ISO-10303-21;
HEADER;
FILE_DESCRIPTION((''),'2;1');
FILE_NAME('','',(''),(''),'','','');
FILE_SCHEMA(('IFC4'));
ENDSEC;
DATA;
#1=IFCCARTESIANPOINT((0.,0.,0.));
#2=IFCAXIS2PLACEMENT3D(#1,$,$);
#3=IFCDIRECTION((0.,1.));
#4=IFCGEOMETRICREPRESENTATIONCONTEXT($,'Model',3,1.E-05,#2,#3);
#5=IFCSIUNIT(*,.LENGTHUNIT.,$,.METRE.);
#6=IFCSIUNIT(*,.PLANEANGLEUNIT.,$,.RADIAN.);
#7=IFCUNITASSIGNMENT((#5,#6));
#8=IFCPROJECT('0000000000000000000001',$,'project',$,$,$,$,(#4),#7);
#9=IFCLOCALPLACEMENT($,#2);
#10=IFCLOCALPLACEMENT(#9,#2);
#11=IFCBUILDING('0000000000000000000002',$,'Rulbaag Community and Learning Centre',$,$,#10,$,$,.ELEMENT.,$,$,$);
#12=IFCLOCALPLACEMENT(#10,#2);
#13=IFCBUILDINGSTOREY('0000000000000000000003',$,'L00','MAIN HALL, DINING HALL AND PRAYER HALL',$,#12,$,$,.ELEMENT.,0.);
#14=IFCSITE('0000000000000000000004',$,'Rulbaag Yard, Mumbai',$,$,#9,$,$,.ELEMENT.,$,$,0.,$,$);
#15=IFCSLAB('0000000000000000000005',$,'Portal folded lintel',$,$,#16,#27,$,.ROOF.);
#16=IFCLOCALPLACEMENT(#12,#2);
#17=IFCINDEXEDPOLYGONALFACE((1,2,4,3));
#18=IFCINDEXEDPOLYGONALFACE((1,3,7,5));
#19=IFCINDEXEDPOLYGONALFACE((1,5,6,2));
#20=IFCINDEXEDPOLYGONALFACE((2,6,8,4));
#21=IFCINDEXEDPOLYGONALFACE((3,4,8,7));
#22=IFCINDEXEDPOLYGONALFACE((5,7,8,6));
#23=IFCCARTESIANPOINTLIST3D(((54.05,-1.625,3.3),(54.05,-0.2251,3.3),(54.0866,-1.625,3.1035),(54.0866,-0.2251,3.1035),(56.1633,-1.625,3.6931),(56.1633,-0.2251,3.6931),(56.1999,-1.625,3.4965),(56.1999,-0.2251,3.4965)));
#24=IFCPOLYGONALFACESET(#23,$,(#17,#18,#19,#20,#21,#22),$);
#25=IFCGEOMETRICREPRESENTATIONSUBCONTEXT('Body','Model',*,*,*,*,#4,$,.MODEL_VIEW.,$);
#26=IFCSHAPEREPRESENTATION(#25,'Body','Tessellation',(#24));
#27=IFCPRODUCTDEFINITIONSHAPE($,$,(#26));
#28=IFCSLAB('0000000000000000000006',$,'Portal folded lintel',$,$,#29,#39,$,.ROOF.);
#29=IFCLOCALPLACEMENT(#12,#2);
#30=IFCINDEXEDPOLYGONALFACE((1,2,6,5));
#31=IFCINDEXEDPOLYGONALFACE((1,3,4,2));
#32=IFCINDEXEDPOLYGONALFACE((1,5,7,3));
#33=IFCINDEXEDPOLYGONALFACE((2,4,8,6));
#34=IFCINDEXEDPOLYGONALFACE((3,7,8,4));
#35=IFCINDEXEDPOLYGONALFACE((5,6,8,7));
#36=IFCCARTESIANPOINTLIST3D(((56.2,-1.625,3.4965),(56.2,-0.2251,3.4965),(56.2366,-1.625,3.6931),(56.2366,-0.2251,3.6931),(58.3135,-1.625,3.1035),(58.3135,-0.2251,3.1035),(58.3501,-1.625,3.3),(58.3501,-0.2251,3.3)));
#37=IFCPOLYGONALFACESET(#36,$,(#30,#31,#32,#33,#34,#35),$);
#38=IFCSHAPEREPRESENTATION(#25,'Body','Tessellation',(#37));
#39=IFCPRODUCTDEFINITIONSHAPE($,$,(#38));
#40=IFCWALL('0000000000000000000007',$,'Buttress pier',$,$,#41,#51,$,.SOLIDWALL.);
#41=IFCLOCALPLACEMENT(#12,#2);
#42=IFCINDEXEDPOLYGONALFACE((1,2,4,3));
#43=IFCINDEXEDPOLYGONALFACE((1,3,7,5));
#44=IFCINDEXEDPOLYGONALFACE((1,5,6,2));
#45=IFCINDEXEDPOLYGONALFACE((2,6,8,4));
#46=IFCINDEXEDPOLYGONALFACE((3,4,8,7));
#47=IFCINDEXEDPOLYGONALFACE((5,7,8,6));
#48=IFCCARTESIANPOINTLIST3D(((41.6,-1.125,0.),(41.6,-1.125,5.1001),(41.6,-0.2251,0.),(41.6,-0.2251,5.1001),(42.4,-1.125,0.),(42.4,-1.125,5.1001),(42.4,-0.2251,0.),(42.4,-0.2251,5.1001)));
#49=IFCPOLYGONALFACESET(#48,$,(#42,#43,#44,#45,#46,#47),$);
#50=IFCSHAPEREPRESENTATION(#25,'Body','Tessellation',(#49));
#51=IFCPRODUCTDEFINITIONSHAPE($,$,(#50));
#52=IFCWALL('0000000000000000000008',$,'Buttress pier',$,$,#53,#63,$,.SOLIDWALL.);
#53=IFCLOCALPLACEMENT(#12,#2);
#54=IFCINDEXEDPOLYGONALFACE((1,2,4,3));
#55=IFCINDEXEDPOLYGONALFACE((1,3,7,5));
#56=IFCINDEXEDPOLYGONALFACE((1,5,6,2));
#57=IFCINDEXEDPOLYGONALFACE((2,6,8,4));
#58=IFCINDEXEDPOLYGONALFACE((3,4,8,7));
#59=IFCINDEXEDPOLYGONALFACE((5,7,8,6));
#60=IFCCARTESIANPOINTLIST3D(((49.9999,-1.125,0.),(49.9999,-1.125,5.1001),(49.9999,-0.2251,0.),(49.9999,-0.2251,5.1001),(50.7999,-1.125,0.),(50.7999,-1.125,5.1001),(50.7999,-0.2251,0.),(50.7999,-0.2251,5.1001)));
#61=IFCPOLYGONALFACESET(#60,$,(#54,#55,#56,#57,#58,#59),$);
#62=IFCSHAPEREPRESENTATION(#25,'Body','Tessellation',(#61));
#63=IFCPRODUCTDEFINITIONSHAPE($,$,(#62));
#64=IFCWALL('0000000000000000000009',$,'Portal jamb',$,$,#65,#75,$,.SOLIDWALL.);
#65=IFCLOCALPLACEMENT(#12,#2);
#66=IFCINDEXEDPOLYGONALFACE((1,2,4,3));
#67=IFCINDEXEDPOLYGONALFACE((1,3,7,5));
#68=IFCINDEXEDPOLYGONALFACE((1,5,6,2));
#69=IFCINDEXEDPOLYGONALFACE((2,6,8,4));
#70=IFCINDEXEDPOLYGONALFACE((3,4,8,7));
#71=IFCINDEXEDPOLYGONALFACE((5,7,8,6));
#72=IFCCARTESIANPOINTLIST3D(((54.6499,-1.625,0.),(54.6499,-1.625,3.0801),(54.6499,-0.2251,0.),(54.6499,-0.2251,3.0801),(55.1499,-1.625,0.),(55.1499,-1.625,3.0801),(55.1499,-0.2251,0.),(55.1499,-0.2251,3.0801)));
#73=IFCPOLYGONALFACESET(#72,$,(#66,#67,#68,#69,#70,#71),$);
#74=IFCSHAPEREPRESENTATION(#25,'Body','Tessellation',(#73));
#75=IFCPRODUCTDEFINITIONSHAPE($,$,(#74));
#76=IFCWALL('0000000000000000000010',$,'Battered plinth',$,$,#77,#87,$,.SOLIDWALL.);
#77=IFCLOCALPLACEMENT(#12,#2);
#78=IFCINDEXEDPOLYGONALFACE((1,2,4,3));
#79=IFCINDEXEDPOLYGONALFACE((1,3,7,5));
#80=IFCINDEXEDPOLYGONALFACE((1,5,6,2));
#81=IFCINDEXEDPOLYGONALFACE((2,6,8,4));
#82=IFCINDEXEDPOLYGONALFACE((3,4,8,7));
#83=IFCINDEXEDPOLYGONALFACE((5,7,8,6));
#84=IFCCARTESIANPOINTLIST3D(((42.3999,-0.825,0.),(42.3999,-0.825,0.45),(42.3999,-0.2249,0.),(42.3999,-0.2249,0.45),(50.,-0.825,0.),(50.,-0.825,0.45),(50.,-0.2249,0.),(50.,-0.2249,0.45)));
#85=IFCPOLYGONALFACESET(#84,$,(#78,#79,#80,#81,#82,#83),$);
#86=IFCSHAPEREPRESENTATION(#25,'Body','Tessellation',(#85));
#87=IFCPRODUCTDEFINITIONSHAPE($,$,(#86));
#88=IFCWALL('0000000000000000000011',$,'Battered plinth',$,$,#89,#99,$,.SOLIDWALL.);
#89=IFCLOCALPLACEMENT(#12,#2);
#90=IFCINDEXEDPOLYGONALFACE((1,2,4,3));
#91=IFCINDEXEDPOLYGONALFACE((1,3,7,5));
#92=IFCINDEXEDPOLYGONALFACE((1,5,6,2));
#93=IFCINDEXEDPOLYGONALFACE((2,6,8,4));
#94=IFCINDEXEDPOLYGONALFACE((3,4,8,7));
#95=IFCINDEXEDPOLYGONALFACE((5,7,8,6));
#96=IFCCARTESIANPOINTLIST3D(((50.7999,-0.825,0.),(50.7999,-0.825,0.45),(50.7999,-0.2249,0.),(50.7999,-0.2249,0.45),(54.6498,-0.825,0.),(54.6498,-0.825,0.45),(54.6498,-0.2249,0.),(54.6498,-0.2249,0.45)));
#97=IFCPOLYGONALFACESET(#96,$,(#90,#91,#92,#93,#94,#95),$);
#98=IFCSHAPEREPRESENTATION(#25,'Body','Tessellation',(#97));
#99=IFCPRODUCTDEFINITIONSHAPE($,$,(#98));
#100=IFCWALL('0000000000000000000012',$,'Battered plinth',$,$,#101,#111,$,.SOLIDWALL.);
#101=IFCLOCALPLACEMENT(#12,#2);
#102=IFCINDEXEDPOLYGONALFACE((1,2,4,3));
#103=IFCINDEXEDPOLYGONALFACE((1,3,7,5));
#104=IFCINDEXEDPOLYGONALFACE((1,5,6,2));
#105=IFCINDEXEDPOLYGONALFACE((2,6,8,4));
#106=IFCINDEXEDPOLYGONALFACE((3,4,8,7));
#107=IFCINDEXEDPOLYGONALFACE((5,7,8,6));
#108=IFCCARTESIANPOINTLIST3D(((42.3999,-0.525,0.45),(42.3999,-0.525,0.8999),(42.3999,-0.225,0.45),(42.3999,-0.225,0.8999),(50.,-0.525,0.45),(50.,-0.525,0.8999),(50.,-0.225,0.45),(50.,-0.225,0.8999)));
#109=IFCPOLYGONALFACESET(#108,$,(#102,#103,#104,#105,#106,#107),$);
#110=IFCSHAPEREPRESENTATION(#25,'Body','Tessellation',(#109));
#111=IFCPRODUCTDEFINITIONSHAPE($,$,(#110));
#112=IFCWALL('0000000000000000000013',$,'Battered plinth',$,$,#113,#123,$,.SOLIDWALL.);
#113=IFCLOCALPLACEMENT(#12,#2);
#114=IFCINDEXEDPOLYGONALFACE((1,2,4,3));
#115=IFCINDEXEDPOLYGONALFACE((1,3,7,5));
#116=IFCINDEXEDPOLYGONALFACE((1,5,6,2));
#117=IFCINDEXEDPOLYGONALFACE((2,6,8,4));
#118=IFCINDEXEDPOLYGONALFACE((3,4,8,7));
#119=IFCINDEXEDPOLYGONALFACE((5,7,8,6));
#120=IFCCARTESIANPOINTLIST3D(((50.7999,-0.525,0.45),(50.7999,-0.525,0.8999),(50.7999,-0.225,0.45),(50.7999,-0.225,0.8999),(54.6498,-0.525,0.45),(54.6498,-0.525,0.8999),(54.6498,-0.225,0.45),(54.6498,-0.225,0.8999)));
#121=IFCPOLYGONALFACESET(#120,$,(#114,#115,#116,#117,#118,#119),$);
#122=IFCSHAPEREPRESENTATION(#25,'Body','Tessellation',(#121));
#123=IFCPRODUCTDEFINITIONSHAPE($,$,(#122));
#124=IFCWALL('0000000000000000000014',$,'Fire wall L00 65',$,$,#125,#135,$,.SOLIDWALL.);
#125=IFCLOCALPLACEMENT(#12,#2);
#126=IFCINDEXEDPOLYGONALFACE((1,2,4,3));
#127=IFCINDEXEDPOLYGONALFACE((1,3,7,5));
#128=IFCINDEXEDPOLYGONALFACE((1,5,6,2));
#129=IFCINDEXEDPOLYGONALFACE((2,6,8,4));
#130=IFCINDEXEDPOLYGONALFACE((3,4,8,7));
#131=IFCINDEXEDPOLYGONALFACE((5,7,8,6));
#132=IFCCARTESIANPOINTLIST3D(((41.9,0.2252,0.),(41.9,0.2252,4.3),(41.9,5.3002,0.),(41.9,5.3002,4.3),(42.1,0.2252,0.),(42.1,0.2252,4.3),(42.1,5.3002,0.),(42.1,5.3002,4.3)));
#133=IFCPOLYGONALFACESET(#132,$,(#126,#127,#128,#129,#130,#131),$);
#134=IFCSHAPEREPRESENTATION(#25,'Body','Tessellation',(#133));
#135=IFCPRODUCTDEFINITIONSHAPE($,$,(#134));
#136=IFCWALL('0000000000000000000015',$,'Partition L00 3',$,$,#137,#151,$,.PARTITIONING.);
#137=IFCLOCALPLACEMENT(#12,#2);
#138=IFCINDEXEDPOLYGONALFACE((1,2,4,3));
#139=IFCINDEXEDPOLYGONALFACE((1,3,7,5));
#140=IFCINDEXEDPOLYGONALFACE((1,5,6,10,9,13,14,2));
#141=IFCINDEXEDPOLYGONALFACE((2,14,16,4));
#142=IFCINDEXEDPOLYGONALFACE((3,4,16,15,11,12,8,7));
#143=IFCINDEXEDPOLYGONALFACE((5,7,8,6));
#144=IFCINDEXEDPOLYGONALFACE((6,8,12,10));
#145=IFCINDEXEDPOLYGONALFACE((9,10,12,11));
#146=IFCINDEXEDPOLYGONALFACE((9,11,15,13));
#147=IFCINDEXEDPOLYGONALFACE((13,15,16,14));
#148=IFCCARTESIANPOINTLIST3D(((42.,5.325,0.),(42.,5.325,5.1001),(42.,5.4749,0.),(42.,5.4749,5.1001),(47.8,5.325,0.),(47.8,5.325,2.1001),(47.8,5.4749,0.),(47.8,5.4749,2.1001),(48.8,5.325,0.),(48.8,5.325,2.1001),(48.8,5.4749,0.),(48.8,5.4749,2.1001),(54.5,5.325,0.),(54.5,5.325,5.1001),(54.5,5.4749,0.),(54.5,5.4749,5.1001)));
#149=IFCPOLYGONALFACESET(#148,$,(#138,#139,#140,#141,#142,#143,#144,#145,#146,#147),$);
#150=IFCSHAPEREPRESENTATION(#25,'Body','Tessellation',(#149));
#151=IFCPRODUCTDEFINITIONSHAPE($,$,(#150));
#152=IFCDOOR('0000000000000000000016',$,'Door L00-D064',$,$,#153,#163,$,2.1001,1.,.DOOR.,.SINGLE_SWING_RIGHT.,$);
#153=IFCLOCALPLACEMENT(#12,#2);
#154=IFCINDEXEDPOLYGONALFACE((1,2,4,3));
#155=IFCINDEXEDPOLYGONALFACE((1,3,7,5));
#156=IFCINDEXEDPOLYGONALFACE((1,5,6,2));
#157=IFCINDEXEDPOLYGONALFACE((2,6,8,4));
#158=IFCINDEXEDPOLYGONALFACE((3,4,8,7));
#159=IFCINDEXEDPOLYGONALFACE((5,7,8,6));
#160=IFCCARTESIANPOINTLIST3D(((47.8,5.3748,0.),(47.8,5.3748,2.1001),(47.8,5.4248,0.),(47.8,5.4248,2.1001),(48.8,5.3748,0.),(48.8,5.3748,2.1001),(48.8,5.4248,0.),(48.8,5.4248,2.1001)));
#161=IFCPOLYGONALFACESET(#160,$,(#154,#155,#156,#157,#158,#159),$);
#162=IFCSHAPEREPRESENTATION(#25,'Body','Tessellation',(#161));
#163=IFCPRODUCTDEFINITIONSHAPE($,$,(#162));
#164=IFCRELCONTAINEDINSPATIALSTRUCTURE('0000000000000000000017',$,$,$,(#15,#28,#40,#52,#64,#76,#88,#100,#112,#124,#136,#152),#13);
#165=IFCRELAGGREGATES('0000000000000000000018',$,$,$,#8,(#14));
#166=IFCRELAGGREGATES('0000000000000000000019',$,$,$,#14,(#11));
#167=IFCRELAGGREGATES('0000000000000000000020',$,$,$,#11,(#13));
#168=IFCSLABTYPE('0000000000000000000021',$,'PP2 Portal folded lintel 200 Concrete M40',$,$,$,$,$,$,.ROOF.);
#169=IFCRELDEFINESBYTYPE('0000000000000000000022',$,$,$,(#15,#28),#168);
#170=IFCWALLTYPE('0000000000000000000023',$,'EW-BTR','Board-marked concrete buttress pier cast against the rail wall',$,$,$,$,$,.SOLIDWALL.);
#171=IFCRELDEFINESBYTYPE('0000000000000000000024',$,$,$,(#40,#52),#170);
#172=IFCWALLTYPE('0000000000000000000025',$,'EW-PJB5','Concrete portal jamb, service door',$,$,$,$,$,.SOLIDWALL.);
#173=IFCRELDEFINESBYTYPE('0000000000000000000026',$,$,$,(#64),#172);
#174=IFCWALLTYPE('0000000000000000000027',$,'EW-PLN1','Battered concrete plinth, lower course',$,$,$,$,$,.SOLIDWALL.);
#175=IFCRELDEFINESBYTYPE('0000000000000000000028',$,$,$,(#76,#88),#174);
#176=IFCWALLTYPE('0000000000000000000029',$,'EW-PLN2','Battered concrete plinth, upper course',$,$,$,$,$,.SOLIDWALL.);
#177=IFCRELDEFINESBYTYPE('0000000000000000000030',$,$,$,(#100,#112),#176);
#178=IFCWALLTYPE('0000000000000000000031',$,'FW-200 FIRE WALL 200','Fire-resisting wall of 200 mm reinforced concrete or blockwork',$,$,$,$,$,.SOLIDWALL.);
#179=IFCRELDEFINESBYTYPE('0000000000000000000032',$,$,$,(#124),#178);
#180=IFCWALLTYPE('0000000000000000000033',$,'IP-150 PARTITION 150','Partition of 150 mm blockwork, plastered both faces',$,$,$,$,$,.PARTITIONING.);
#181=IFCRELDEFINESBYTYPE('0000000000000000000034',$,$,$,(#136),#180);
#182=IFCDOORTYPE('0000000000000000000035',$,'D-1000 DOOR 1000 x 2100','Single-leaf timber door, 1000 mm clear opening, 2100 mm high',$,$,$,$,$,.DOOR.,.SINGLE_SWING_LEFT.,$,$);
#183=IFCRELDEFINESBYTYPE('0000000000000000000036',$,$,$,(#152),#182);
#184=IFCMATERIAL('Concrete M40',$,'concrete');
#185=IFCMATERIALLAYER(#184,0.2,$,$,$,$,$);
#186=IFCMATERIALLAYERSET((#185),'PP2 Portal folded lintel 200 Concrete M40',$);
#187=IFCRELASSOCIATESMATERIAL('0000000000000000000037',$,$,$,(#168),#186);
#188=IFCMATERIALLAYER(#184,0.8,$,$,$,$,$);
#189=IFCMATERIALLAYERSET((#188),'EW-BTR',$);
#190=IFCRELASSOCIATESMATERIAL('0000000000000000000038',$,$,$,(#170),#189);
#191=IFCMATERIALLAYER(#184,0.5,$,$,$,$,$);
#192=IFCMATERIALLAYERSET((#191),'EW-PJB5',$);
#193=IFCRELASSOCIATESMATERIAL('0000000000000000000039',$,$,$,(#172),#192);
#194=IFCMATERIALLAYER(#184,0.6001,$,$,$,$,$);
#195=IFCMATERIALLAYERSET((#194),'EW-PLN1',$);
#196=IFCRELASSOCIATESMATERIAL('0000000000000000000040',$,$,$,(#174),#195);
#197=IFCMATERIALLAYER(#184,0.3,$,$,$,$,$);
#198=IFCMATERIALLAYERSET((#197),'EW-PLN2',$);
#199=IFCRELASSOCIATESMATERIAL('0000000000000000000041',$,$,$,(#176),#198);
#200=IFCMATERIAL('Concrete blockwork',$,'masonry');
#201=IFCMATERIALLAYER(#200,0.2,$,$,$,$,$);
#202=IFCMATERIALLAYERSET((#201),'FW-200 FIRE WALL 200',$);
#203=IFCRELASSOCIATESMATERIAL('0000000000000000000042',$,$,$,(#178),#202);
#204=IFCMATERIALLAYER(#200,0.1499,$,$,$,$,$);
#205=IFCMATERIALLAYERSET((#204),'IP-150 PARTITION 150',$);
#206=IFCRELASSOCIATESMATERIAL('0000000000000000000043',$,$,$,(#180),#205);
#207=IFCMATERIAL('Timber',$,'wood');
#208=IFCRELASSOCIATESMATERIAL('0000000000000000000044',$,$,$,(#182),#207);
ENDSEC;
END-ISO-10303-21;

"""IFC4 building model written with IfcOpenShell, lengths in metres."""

from ifc_helpers import new_model, si_unit, direction, frame, frame_2d, origin, place, context, subcontext, project, spatial, polyline, rectangle, outline, extrude, material, layer, layer_set, type_object, element, fill, save


model = new_model("IFC4")

# Units and contexts
model_context = context("Model", 3, precision=1e-05, world=origin(), true_north=direction((0.0, 1.0)))
body_context = subcontext(model_context, "Body", "Model", "MODEL_VIEW")
ifc_project = project(units=[si_unit("LENGTHUNIT", "METRE"), si_unit("PLANEANGLEUNIT", "RADIAN")], contexts=[model_context])

# Site, building, storey
site_placement = place(None, origin())
site = spatial("IfcSite", under=ifc_project, at=site_placement, Name="Rulbaag Yard, Mumbai", CompositionType="ELEMENT", RefElevation=0.0)
building_placement = place(site_placement, origin())
building = spatial("IfcBuilding", under=site, at=building_placement, Name="Rulbaag Community and Learning Centre", CompositionType="ELEMENT")
storey_placement = place(building_placement, origin())
storey = spatial("IfcBuildingStorey", under=building, at=storey_placement, Name="L00", Description="MAIN HALL, DINING HALL AND PRAYER HALL", CompositionType="ELEMENT", Elevation=0.0)

# Shared definitions
ifc_material_1 = material(Name="Concrete M40", Category="concrete")

# Slabs
ifc_layer_1 = layer(ifc_material_1, 0.2)
ifc_layer_set_1 = layer_set([ifc_layer_1], Name="PP2 Portal folded lintel 200 Concrete M40")
slab_type = type_object("IfcSlabType", Name="PP2 Portal folded lintel 200 Concrete M40", PredefinedType="ROOF", material=ifc_layer_set_1)
slab_1_placement = place(storey_placement, frame((54.05, -0.2251, 3.3), z_axis=(-0.182862, 0.0, 0.983139), x_axis=(0.983139, 0.0, 0.182862)))
element("IfcSlab", 1, at=slab_1_placement, inside=storey, type_object=slab_type, Name="Portal folded lintel", PredefinedType="ROOF", context=body_context, shape_type="SweptSolid", body=[
    extrude(outline(polyline([(0.0, 0.0), (2.1495, 0.0), (2.1495, -1.3999), (0.0, -1.3999), (0.0, 0.0)])), origin(), (0.0, 0.0, -1.0), 0.2),
])
slab_2_placement = place(storey_placement, frame((56.2366, -0.2251, 3.6931), z_axis=(0.182842, 0.0, 0.983142), x_axis=(0.983142, 0.0, -0.182842)))
element("IfcSlab", 2, at=slab_2_placement, inside=storey, type_object=slab_type, Name="Portal folded lintel", PredefinedType="ROOF", context=body_context, shape_type="SweptSolid", body=[
    extrude(outline(polyline([(0.0, 0.0), (2.1498, 0.0), (2.1498, -1.3999), (0.0, -1.3999), (0.0, 0.0)])), origin(), (0.0, 0.0, -1.0), 0.2),
])

# Walls
ifc_layer_2 = layer(ifc_material_1, 0.8)
ifc_layer_set_2 = layer_set([ifc_layer_2], Name="EW-BTR")
wall_type_1 = type_object("IfcWallType", Name="EW-BTR", Description="Board-marked concrete buttress pier cast against the rail wall", PredefinedType="SOLIDWALL", material=ifc_layer_set_2)
for number, where, z_axis, x_axis, name in (
    (3, (42.0, -0.2251, 0.0), (0.0, 0.0, 1.0), (0.0, -1.0, 0.0), "Buttress pier"),
    (4, (50.3999, -0.2251, 0.0), (0.0, 0.0, 1.0), (0.0, -1.0, 0.0), "Buttress pier"),
):
    element("IfcWall", number, at=place(storey_placement, frame(where, z_axis=z_axis, x_axis=x_axis)), inside=storey, type_object=wall_type_1, Name=name, PredefinedType="SOLIDWALL", context=body_context, shape_type="SweptSolid", body=[
        extrude(rectangle(XDim=0.8999, YDim=0.8, at=frame_2d((0.45, 0.0))), origin(), (0.0, 0.0, 1.0), 5.1001),
    ])
ifc_layer_3 = layer(ifc_material_1, 0.5)
ifc_layer_set_3 = layer_set([ifc_layer_3], Name="EW-PJB5")
wall_type_2 = type_object("IfcWallType", Name="EW-PJB5", Description="Concrete portal jamb, service door", PredefinedType="SOLIDWALL", material=ifc_layer_set_3)
wall_1_placement = place(storey_placement, frame((54.8999, -0.2251, 0.0), z_axis=(0.0, 0.0, 1.0), x_axis=(0.0, -1.0, 0.0)))
element("IfcWall", 5, at=wall_1_placement, inside=storey, type_object=wall_type_2, Name="Portal jamb", PredefinedType="SOLIDWALL", context=body_context, shape_type="SweptSolid", body=[
    extrude(rectangle(XDim=1.3999, YDim=0.5, at=frame_2d((0.7, 0.0))), origin(), (0.0, 0.0, 1.0), 3.0801),
])
ifc_layer_4 = layer(ifc_material_1, 0.6001)
ifc_layer_set_4 = layer_set([ifc_layer_4], Name="EW-PLN1")
wall_type_3 = type_object("IfcWallType", Name="EW-PLN1", Description="Battered concrete plinth, lower course", PredefinedType="SOLIDWALL", material=ifc_layer_set_4)
wall_2_placement = place(storey_placement, frame((42.3999, -0.5249, 0.0), z_axis=(0.0, 0.0, 1.0), x_axis=(1.0, 0.0, 0.0)))
element("IfcWall", 6, at=wall_2_placement, inside=storey, type_object=wall_type_3, Name="Battered plinth", PredefinedType="SOLIDWALL", context=body_context, shape_type="SweptSolid", body=[
    extrude(rectangle(XDim=7.6001, YDim=0.6001, at=frame_2d((3.8, 0.0))), origin(), (0.0, 0.0, 1.0), 0.45),
])
wall_3_placement = place(storey_placement, frame((50.8, -0.5249, 0.0), z_axis=(0.0, 0.0, 1.0), x_axis=(1.0, 0.0, 0.0)))
element("IfcWall", 7, at=wall_3_placement, inside=storey, type_object=wall_type_3, Name="Battered plinth", PredefinedType="SOLIDWALL", context=body_context, shape_type="SweptSolid", body=[
    extrude(rectangle(XDim=3.8499, YDim=0.6001, at=frame_2d((1.9248, 0.0))), origin(), (0.0, 0.0, 1.0), 0.45),
])
ifc_layer_5 = layer(ifc_material_1, 0.3)
ifc_layer_set_5 = layer_set([ifc_layer_5], Name="EW-PLN2")
wall_type_4 = type_object("IfcWallType", Name="EW-PLN2", Description="Battered concrete plinth, upper course", PredefinedType="SOLIDWALL", material=ifc_layer_set_5)
wall_4_placement = place(storey_placement, frame((42.3999, -0.375, 0.45), z_axis=(0.0, 0.0, 1.0), x_axis=(1.0, 0.0, 0.0)))
element("IfcWall", 8, at=wall_4_placement, inside=storey, type_object=wall_type_4, Name="Battered plinth", PredefinedType="SOLIDWALL", context=body_context, shape_type="SweptSolid", body=[
    extrude(rectangle(XDim=7.6001, YDim=0.3, at=frame_2d((3.8, 0.0))), origin(), (0.0, 0.0, 1.0), 0.45),
])
wall_5_placement = place(storey_placement, frame((50.8, -0.375, 0.45), z_axis=(0.0, 0.0, 1.0), x_axis=(1.0, 0.0, 0.0)))
element("IfcWall", 9, at=wall_5_placement, inside=storey, type_object=wall_type_4, Name="Battered plinth", PredefinedType="SOLIDWALL", context=body_context, shape_type="SweptSolid", body=[
    extrude(rectangle(XDim=3.8499, YDim=0.3, at=frame_2d((1.9248, 0.0))), origin(), (0.0, 0.0, 1.0), 0.45),
])
ifc_material_2 = material(Name="Concrete blockwork", Category="masonry")
ifc_layer_6 = layer(ifc_material_2, 0.2)
ifc_layer_set_6 = layer_set([ifc_layer_6], Name="FW-200 FIRE WALL 200")
wall_type_5 = type_object("IfcWallType", Name="FW-200 FIRE WALL 200", Description="Fire-resisting wall of 200 mm reinforced concrete or blockwork", PredefinedType="SOLIDWALL", material=ifc_layer_set_6)
wall_6_placement = place(storey_placement, frame((42.0, 0.2251, 0.0), z_axis=(0.0, 0.0, 1.0), x_axis=(0.0, 1.0, 0.0)))
element("IfcWall", 10, at=wall_6_placement, inside=storey, type_object=wall_type_5, Name="Fire wall L00 65", PredefinedType="SOLIDWALL", context=body_context, shape_type="SweptSolid", body=[
    extrude(rectangle(XDim=5.075, YDim=0.2, at=frame_2d((2.5376, 0.0))), origin(), (0.0, 0.0, 1.0), 4.3),
])

# Wall, opening, door
ifc_layer_7 = layer(ifc_material_2, 0.1499)
ifc_layer_set_7 = layer_set([ifc_layer_7], Name="IP-150 PARTITION 150")
wall_type_6 = type_object("IfcWallType", Name="IP-150 PARTITION 150", Description="Partition of 150 mm blockwork, plastered both faces", PredefinedType="PARTITIONING", material=ifc_layer_set_7)
wall_7_placement = place(storey_placement, frame((42.0, 5.3999, 0.0), z_axis=(0.0, 0.0, 1.0), x_axis=(1.0, 0.0, 0.0)))
wall_7 = element("IfcWall", 11, at=wall_7_placement, inside=storey, type_object=wall_type_6, Name="Partition L00 3", PredefinedType="PARTITIONING", context=body_context, shape_type="SweptSolid", body=[
    extrude(rectangle(XDim=12.5, YDim=0.1499, at=frame_2d((6.25, 0.0))), origin(), (0.0, 0.0, 1.0), 5.1001),
])
opening_1_placement = place(wall_7_placement, frame((5.8, 0.0, 0.0)))
opening_1 = element("IfcOpeningElement", 12, at=opening_1_placement, cuts=wall_7, PredefinedType="OPENING", context=body_context, shape_type="SweptSolid", body=[
    extrude(rectangle(XDim=1.0, YDim=2.1001, at=frame_2d((0.5, 1.05))), frame((0.0, 0.085, 0.0), z_axis=(0.0, -1.0, 0.0), x_axis=(1.0, 0.0, 0.0)), (0.0, 0.0, 1.0), 0.1699),
])
ifc_material_3 = material(Name="Timber", Category="wood")
door_type_1 = type_object("IfcDoorType", Name="D-1000 DOOR 1000 x 2100", Description="Single-leaf timber door, 1000 mm clear opening, 2100 mm high", OperationType="SINGLE_SWING_LEFT", PredefinedType="DOOR", material=ifc_material_3)
door_1_placement = place(opening_1_placement, origin())
door_1 = element("IfcDoor", 13, at=door_1_placement, inside=storey, type_object=door_type_1, Name="Door L00-D064", OperationType="SINGLE_SWING_RIGHT", OverallHeight=2.1001, OverallWidth=1.0, PredefinedType="DOOR", context=body_context, shape_type="SweptSolid", body=[
    extrude(rectangle(XDim=1.0, YDim=2.1001, at=frame_2d((0.5, 1.05))), frame((0.0, 0.0249, 0.0), z_axis=(0.0, -1.0, 0.0), x_axis=(1.0, 0.0, 0.0)), (0.0, 0.0, 1.0), 0.05),
])
fill(opening_1, door_1)

save(model, "model.ifc")
